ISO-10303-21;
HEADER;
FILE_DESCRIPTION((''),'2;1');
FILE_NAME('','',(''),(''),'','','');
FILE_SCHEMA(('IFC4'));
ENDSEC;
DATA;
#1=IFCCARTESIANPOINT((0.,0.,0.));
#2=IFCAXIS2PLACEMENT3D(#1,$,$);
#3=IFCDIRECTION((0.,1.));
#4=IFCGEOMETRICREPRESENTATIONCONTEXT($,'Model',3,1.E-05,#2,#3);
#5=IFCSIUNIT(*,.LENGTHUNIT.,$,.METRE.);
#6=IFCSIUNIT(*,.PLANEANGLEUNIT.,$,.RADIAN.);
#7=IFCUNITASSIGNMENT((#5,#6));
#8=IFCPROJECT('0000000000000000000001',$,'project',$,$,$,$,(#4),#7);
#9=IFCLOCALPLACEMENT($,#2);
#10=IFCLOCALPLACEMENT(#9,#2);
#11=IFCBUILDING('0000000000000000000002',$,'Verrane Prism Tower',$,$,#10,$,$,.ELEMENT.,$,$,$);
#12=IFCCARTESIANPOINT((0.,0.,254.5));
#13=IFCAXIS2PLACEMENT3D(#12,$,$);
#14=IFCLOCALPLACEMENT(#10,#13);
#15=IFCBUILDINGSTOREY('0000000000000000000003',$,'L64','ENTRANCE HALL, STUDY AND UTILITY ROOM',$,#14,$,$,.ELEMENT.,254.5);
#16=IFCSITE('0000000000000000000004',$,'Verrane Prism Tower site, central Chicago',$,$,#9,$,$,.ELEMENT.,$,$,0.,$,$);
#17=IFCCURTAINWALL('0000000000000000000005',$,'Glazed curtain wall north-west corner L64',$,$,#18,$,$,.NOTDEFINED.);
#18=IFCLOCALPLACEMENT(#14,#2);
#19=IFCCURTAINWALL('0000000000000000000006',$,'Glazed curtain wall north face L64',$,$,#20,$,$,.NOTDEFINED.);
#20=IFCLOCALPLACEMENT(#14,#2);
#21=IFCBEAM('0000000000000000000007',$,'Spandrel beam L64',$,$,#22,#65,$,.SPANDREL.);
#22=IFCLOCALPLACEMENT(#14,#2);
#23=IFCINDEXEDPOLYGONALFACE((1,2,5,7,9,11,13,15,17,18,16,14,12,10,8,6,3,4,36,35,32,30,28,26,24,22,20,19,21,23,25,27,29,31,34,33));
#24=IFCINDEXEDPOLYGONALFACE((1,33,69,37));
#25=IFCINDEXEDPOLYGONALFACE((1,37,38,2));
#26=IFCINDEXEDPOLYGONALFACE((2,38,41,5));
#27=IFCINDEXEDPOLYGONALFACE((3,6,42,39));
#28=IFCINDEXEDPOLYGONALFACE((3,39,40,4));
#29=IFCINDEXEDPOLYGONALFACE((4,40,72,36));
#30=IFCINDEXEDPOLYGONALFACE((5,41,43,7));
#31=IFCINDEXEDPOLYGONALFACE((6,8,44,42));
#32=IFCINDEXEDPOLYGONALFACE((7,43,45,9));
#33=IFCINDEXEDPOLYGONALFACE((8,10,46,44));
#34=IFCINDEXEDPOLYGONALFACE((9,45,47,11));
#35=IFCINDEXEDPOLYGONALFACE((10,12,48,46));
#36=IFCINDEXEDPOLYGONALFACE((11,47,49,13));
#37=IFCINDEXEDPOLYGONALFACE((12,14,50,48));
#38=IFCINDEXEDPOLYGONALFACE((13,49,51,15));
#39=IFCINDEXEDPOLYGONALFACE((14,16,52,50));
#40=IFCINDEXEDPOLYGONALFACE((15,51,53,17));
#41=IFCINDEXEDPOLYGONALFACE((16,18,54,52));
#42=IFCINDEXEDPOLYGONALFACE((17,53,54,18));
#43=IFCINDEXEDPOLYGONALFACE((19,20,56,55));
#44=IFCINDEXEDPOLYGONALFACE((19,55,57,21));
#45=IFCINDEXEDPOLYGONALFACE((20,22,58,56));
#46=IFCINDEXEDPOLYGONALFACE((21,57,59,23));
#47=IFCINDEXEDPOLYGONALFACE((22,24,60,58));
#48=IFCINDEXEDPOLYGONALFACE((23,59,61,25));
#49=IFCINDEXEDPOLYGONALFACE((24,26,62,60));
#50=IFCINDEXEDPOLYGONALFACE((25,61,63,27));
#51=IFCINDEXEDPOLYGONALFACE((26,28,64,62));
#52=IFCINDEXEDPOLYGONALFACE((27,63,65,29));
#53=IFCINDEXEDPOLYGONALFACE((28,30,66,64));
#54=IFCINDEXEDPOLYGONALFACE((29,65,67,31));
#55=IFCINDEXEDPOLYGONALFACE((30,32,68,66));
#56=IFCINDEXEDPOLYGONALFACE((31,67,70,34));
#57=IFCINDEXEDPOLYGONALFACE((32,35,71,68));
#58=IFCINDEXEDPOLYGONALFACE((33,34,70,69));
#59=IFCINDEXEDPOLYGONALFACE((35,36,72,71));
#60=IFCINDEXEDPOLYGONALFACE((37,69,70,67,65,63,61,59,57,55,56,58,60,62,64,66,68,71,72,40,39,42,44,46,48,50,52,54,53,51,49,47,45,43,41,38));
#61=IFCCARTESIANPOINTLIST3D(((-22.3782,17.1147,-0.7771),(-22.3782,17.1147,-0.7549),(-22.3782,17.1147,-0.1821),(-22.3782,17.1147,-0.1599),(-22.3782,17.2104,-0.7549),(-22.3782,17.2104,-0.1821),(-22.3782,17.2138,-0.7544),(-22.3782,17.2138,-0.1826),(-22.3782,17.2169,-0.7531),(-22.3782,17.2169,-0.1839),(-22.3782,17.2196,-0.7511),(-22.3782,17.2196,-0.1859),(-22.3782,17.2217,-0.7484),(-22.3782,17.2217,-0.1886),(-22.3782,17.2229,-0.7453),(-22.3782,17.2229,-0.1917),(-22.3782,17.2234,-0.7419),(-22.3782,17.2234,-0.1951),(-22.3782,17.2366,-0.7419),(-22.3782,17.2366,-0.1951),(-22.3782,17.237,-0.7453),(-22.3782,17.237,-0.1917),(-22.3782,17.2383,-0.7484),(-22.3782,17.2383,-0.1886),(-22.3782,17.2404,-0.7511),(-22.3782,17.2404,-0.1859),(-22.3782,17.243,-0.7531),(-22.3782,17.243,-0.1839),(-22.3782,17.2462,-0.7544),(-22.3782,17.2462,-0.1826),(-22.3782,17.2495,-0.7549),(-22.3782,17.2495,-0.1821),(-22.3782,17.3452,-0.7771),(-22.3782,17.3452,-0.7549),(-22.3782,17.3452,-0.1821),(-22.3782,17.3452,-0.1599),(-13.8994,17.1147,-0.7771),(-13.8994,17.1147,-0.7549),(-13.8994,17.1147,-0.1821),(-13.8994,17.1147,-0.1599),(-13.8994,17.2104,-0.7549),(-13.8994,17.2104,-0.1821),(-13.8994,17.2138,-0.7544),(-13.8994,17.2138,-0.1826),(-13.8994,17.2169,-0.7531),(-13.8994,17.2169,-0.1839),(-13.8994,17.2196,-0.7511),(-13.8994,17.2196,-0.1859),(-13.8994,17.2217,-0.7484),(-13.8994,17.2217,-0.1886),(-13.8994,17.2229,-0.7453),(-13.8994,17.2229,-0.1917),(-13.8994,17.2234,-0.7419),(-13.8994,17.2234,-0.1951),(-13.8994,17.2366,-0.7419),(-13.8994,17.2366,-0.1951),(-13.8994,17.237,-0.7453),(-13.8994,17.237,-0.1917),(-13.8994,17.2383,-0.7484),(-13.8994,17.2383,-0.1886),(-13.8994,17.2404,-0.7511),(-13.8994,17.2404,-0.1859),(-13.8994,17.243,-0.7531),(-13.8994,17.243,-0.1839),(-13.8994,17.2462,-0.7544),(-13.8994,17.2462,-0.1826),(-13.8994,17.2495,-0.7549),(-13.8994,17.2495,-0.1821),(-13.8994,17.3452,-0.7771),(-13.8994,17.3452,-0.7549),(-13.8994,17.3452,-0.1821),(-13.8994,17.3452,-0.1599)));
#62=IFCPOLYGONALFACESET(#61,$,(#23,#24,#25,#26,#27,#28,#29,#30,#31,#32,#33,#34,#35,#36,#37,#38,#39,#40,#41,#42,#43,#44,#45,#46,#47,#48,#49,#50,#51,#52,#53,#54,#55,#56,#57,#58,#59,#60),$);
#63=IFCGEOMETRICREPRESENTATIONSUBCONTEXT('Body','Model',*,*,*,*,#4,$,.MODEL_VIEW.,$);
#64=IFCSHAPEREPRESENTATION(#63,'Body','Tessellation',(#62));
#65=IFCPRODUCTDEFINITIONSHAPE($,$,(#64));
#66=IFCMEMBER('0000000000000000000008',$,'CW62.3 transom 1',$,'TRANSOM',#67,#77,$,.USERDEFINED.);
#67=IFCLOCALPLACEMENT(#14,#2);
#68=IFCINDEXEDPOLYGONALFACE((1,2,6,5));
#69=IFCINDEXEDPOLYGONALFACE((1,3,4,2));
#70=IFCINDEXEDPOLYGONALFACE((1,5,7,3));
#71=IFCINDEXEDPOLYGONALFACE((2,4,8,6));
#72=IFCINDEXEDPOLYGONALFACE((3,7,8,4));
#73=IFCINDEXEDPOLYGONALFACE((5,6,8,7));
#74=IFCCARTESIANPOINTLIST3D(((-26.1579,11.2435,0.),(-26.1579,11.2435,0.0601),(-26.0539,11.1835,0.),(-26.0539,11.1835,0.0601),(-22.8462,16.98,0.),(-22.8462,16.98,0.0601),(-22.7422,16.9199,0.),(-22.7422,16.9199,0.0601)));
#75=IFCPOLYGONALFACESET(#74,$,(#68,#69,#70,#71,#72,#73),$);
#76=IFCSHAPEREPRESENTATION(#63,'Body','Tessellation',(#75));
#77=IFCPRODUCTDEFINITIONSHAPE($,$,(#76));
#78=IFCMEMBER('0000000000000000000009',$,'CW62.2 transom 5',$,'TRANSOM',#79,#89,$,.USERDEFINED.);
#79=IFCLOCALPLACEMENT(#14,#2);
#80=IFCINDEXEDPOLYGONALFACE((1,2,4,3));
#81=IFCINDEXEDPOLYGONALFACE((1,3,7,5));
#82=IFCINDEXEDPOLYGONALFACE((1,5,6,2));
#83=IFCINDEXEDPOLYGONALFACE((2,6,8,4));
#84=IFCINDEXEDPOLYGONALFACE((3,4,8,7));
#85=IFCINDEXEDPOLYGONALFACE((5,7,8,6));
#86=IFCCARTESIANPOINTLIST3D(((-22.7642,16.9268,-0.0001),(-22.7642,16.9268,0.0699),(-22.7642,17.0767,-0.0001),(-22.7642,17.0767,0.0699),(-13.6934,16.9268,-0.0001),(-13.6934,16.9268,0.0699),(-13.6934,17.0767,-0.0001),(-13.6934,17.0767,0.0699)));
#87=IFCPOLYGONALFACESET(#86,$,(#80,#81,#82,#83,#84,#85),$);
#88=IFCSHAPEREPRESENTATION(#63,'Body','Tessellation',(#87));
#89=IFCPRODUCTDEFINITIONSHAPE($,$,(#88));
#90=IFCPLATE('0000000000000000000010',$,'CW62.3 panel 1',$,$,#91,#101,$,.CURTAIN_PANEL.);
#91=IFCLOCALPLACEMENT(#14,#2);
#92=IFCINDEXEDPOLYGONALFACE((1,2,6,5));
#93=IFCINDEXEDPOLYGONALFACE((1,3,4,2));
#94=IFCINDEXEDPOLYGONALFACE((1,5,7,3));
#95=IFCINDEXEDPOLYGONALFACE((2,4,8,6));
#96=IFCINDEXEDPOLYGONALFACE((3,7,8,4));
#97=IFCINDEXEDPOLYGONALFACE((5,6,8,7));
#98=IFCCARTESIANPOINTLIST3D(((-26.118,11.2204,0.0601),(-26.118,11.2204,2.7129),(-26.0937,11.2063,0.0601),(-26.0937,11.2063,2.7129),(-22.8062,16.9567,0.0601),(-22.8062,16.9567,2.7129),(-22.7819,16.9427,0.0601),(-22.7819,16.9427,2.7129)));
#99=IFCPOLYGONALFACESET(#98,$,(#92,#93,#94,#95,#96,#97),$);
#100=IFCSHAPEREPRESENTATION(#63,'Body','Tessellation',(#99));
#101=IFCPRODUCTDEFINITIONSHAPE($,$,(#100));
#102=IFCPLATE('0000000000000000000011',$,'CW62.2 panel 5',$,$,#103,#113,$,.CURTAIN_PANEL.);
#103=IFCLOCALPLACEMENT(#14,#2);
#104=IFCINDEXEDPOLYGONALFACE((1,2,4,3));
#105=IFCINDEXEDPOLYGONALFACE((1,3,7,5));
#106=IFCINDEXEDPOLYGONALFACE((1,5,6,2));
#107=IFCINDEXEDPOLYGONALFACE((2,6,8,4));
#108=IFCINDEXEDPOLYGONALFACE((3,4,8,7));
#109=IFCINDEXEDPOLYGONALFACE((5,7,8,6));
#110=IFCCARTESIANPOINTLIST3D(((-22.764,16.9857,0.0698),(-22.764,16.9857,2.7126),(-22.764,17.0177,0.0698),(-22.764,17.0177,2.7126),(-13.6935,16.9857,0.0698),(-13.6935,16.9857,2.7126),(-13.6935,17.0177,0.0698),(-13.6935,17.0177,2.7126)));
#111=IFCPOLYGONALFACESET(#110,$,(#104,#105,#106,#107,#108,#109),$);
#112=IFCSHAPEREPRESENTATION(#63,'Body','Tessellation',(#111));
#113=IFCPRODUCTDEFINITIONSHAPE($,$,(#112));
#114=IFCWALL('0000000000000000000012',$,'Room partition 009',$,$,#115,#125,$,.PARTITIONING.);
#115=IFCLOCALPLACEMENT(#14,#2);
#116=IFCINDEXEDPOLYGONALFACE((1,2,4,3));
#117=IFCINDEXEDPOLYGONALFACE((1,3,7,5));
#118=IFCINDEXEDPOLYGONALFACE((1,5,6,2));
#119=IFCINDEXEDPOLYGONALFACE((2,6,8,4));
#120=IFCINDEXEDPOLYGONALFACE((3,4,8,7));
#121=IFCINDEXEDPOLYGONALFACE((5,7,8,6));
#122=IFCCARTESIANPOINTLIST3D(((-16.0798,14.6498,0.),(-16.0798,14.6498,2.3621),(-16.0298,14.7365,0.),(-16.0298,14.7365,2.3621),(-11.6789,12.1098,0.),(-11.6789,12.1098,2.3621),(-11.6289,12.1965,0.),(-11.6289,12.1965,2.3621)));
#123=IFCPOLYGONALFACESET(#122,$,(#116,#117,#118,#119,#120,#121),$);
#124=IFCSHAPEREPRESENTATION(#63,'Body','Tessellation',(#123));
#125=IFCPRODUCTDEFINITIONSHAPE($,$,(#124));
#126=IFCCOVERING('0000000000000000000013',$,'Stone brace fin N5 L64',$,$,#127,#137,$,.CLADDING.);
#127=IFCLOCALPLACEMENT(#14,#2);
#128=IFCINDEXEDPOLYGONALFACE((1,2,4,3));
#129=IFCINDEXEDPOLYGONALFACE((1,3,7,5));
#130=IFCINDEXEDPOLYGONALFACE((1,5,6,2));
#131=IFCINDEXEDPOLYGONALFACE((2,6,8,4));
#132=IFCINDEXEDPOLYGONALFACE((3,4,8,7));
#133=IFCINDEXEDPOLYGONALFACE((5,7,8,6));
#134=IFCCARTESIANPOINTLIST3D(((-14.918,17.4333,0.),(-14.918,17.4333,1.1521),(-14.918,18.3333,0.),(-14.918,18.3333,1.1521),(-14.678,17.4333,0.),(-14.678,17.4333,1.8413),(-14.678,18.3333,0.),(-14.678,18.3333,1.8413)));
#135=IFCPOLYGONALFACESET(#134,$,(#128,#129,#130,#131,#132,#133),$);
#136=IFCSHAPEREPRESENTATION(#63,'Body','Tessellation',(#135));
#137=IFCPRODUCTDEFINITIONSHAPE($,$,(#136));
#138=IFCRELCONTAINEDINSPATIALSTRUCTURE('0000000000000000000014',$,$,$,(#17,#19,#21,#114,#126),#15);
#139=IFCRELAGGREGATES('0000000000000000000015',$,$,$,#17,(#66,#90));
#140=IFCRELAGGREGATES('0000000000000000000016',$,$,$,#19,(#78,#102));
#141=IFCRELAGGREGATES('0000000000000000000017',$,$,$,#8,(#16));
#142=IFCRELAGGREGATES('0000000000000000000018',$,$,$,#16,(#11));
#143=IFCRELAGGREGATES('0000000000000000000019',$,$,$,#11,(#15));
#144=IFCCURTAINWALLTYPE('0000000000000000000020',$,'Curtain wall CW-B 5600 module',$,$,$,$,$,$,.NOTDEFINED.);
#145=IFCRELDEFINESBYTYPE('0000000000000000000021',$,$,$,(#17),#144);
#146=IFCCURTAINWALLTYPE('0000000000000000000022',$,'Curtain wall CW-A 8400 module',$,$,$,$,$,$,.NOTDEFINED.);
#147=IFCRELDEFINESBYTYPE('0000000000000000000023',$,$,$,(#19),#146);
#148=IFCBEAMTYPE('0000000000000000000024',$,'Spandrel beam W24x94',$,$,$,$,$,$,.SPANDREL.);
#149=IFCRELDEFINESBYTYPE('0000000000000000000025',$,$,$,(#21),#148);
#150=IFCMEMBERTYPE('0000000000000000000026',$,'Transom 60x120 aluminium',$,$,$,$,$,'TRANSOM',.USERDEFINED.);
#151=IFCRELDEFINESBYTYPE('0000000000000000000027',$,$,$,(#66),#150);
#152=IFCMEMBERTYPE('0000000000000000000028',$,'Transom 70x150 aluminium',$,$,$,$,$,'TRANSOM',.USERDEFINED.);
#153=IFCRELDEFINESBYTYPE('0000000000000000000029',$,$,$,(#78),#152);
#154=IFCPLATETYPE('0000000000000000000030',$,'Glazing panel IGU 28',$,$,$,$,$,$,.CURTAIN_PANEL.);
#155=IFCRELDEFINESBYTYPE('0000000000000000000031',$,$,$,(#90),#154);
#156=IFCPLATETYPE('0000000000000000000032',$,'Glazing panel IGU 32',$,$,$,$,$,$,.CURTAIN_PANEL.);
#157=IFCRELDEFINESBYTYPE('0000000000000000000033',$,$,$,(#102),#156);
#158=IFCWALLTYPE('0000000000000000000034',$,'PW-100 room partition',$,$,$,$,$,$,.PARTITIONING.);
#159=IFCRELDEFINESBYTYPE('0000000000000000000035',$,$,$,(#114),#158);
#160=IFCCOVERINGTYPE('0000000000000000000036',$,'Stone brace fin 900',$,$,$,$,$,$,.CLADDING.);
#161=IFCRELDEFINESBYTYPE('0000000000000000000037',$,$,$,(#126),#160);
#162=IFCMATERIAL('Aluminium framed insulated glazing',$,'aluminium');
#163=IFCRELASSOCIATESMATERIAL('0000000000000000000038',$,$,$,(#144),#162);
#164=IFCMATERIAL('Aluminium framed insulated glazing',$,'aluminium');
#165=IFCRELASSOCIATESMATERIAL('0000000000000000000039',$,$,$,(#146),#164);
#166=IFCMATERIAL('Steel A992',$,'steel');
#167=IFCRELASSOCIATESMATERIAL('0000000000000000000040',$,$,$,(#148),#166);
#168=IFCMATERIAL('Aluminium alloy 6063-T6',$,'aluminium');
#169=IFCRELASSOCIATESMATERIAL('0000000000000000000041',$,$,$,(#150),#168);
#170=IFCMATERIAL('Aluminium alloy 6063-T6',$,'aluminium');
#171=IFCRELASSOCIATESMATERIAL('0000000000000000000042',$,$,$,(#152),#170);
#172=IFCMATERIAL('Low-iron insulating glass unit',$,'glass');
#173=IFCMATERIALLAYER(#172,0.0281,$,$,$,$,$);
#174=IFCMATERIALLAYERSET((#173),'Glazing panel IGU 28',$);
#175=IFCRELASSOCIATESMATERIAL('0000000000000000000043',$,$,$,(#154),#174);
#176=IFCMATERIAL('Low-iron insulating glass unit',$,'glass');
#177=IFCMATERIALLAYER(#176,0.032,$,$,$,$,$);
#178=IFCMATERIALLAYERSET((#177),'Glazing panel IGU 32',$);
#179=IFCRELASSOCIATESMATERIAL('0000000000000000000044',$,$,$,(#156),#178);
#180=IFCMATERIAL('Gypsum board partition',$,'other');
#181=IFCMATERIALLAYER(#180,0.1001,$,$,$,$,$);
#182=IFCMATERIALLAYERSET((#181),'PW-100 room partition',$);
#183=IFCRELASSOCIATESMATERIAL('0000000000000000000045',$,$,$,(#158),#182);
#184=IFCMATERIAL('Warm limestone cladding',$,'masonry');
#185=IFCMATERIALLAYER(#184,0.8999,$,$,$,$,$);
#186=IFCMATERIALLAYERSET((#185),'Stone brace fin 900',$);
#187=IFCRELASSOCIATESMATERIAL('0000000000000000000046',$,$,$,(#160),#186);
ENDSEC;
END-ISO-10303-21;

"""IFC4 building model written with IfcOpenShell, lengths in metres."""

from ifc_helpers import new_model, si_unit, direction, frame, frame_2d, origin, origin_2d, place, context, subcontext, project, spatial, polyline, rectangle, i_section, outline, extrude, material, layer, layer_set, material_profile, profile_set, type_object, element, aggregate, save


model = new_model("IFC4")

# Units and contexts
model_context = context("Model", 3, precision=1e-05, world=origin(), true_north=direction((0.0, 1.0)))
body_context = subcontext(model_context, "Body", "Model", "MODEL_VIEW")
ifc_project = project(units=[si_unit("LENGTHUNIT", "METRE"), si_unit("PLANEANGLEUNIT", "RADIAN")], contexts=[model_context])

# Site, building, storey
site_placement = place(None, origin())
site = spatial("IfcSite", under=ifc_project, at=site_placement, Name="Verrane Prism Tower site, central Chicago", CompositionType="ELEMENT", RefElevation=0.0)
building_placement = place(site_placement, origin())
building = spatial("IfcBuilding", under=site, at=building_placement, Name="Verrane Prism Tower", CompositionType="ELEMENT")
storey_placement = place(building_placement, frame((0.0, 0.0, 254.5)))
storey = spatial("IfcBuildingStorey", under=building, at=storey_placement, Name="L64", Description="ENTRANCE HALL, STUDY AND UTILITY ROOM", CompositionType="ELEMENT", Elevation=254.5)

# Curtain walls
ifc_material_1 = material(Name="Aluminium framed insulated glazing", Category="aluminium")
curtain_wall_type_1 = type_object("IfcCurtainWallType", Name="Curtain wall CW-B 5600 module", PredefinedType="NOTDEFINED", material=ifc_material_1)
curtain_wall_1_placement = place(storey_placement, origin())
curtain_wall_1 = element("IfcCurtainWall", 1, at=curtain_wall_1_placement, inside=storey, type_object=curtain_wall_type_1, Name="Glazed curtain wall north-west corner L64", PredefinedType="NOTDEFINED")
ifc_material_2 = material(Name="Aluminium framed insulated glazing", Category="aluminium")
curtain_wall_type_2 = type_object("IfcCurtainWallType", Name="Curtain wall CW-A 8400 module", PredefinedType="NOTDEFINED", material=ifc_material_2)
curtain_wall_2_placement = place(storey_placement, origin())
curtain_wall_2 = element("IfcCurtainWall", 2, at=curtain_wall_2_placement, inside=storey, type_object=curtain_wall_type_2, Name="Glazed curtain wall north face L64", PredefinedType="NOTDEFINED")

# Beam
ifc_material_3 = material(Name="Steel A992", Category="steel")
ifc_material_profile_1 = material_profile(ifc_material_3, i_section(OverallWidth=0.2305, OverallDepth=0.6172, WebThickness=0.0132, FlangeThickness=0.0222, FilletRadius=0.0129, at=origin_2d()), Name="W24x94")
ifc_profile_set_1 = profile_set([ifc_material_profile_1], Name="Steel A992")
beam_type_1 = type_object("IfcBeamType", Name="Spandrel beam W24x94", PredefinedType="SPANDREL", material=ifc_profile_set_1)
beam_1_placement = place(storey_placement, frame((-13.8994, 17.23, -0.4685), z_axis=(-1.0, 0.0, 0.0), x_axis=(0.0, -1.0, 0.0)))
element("IfcBeam", 3, at=beam_1_placement, inside=storey, type_object=beam_type_1, Name="Spandrel beam L64", PredefinedType="SPANDREL", context=body_context, shape_type="SweptSolid", body=[
    extrude(i_section(OverallWidth=0.2305, OverallDepth=0.6172, WebThickness=0.0132, FlangeThickness=0.0222, FilletRadius=0.0129, at=origin_2d()), origin(), (0.0, 0.0, 1.0), 8.4788),
])

# Members
ifc_material_4 = material(Name="Aluminium alloy 6063-T6", Category="aluminium")
ifc_material_profile_2 = material_profile(ifc_material_4, rectangle(XDim=0.1201, YDim=0.0601, at=origin_2d()), Name="Transom 60x120 aluminium")
ifc_profile_set_2 = profile_set([ifc_material_profile_2], Name="Aluminium alloy 6063-T6")
member_type_1 = type_object("IfcMemberType", Name="Transom 60x120 aluminium", ElementType="TRANSOM", PredefinedType="USERDEFINED", material=ifc_profile_set_2)
member_1_placement = place(storey_placement, frame((-22.7942, 16.95, 0.03), z_axis=(-0.499972, -0.866041, 0.0), x_axis=(0.866041, -0.499972, 0.0)))
member_1 = element("IfcMember", 4, at=member_1_placement, type_object=member_type_1, Name="CW62.3 transom 1", ObjectType="TRANSOM", PredefinedType="USERDEFINED", context=body_context, shape_type="SweptSolid", body=[
    extrude(rectangle(XDim=0.1201, YDim=0.0601, at=origin_2d()), origin(), (0.0, 0.0, 1.0), 6.6238),
])
ifc_material_5 = material(Name="Aluminium alloy 6063-T6", Category="aluminium")
ifc_material_profile_3 = material_profile(ifc_material_5, rectangle(XDim=0.1499, YDim=0.0701, at=origin_2d()), Name="Transom 70x150 aluminium")
ifc_profile_set_3 = profile_set([ifc_material_profile_3], Name="Aluminium alloy 6063-T6")
member_type_2 = type_object("IfcMemberType", Name="Transom 70x150 aluminium", ElementType="TRANSOM", PredefinedType="USERDEFINED", material=ifc_profile_set_3)
member_2_placement = place(storey_placement, frame((-13.6934, 17.0017, 0.0349), z_axis=(-1.0, 0.0, 0.0), x_axis=(0.0, -1.0, 0.0)))
member_2 = element("IfcMember", 5, at=member_2_placement, type_object=member_type_2, Name="CW62.2 transom 5", ObjectType="TRANSOM", PredefinedType="USERDEFINED", context=body_context, shape_type="SweptSolid", body=[
    extrude(rectangle(XDim=0.1499, YDim=0.0701, at=origin_2d()), origin(), (0.0, 0.0, 1.0), 9.0708),
])

# Plates
ifc_material_6 = material(Name="Low-iron insulating glass unit", Category="glass")
ifc_layer_1 = layer(ifc_material_6, 0.0281)
ifc_layer_set_1 = layer_set([ifc_layer_1], Name="Glazing panel IGU 28")
plate_type_1 = type_object("IfcPlateType", Name="Glazing panel IGU 28", PredefinedType="CURTAIN_PANEL", material=ifc_layer_set_1)
plate_1_placement = place(storey_placement, frame((-24.45, 14.0815, 0.0601), z_axis=(0.0, 0.0, 1.0), x_axis=(-0.499996, -0.866028, 0.0)))
plate_1 = element("IfcPlate", 6, at=plate_1_placement, type_object=plate_type_1, Name="CW62.3 panel 1", PredefinedType="CURTAIN_PANEL", context=body_context, shape_type="SweptSolid", body=[
    extrude(rectangle(XDim=6.6238, YDim=0.0281, at=origin_2d()), origin(), (0.0, 0.0, 1.0), 2.6528),
])
aggregate(curtain_wall_1, [member_1, plate_1])
ifc_material_7 = material(Name="Low-iron insulating glass unit", Category="glass")
ifc_layer_2 = layer(ifc_material_7, 0.032)
ifc_layer_set_2 = layer_set([ifc_layer_2], Name="Glazing panel IGU 32")
plate_type_2 = type_object("IfcPlateType", Name="Glazing panel IGU 32", PredefinedType="CURTAIN_PANEL", material=ifc_layer_set_2)
plate_2_placement = place(storey_placement, frame((-18.2288, 17.0017, 0.0698), z_axis=(0.0, 0.0, 1.0), x_axis=(-1.0, 0.0, 0.0)))
plate_2 = element("IfcPlate", 7, at=plate_2_placement, type_object=plate_type_2, Name="CW62.2 panel 5", PredefinedType="CURTAIN_PANEL", context=body_context, shape_type="SweptSolid", body=[
    extrude(rectangle(XDim=9.0706, YDim=0.032, at=origin_2d()), origin(), (0.0, 0.0, 1.0), 2.6428),
])
aggregate(curtain_wall_2, [member_2, plate_2])

# Wall
ifc_material_8 = material(Name="Gypsum board partition", Category="other")
ifc_layer_3 = layer(ifc_material_8, 0.1001)
ifc_layer_set_3 = layer_set([ifc_layer_3], Name="PW-100 room partition")
wall_type = type_object("IfcWallType", Name="PW-100 room partition", PredefinedType="PARTITIONING", material=ifc_layer_set_3)
wall_placement = place(storey_placement, frame((-16.0547, 14.6931, 0.0), z_axis=(0.0, 0.0, 1.0), x_axis=(0.866094, -0.499881, 0.0)))
element("IfcWall", 8, at=wall_placement, inside=storey, type_object=wall_type, Name="Room partition 009", PredefinedType="PARTITIONING", context=body_context, shape_type="SweptSolid", body=[
    extrude(rectangle(XDim=5.0813, YDim=0.1001, at=frame_2d((2.5405, 0.0))), origin(), (0.0, 0.0, 1.0), 2.3621),
])

# Covering
ifc_material_9 = material(Name="Warm limestone cladding", Category="masonry")
ifc_layer_4 = layer(ifc_material_9, 0.8999)
ifc_layer_set_4 = layer_set([ifc_layer_4], Name="Stone brace fin 900")
covering_type = type_object("IfcCoveringType", Name="Stone brace fin 900", PredefinedType="CLADDING", material=ifc_layer_set_4)
covering_placement = place(storey_placement, frame((-14.918, 17.8833, 0.0), z_axis=(0.0, 0.0, 1.0), x_axis=(1.0, 0.0, 0.0)))
element("IfcCovering", 9, at=covering_placement, inside=storey, type_object=covering_type, Name="Stone brace fin N5 L64", PredefinedType="CLADDING", context=body_context, shape_type="SweptSolid", body=[
    extrude(outline(polyline([(0.0, 0.0), (0.24, 0.0), (0.24, 1.8413), (0.0, 1.1521), (0.0, 0.0)])), frame((0.0, 0.45, 0.0), z_axis=(0.0, -1.0, 0.0), x_axis=(1.0, 0.0, 0.0)), (0.0, 0.0, 1.0), 0.8999),
])

save(model, "model.ifc")
